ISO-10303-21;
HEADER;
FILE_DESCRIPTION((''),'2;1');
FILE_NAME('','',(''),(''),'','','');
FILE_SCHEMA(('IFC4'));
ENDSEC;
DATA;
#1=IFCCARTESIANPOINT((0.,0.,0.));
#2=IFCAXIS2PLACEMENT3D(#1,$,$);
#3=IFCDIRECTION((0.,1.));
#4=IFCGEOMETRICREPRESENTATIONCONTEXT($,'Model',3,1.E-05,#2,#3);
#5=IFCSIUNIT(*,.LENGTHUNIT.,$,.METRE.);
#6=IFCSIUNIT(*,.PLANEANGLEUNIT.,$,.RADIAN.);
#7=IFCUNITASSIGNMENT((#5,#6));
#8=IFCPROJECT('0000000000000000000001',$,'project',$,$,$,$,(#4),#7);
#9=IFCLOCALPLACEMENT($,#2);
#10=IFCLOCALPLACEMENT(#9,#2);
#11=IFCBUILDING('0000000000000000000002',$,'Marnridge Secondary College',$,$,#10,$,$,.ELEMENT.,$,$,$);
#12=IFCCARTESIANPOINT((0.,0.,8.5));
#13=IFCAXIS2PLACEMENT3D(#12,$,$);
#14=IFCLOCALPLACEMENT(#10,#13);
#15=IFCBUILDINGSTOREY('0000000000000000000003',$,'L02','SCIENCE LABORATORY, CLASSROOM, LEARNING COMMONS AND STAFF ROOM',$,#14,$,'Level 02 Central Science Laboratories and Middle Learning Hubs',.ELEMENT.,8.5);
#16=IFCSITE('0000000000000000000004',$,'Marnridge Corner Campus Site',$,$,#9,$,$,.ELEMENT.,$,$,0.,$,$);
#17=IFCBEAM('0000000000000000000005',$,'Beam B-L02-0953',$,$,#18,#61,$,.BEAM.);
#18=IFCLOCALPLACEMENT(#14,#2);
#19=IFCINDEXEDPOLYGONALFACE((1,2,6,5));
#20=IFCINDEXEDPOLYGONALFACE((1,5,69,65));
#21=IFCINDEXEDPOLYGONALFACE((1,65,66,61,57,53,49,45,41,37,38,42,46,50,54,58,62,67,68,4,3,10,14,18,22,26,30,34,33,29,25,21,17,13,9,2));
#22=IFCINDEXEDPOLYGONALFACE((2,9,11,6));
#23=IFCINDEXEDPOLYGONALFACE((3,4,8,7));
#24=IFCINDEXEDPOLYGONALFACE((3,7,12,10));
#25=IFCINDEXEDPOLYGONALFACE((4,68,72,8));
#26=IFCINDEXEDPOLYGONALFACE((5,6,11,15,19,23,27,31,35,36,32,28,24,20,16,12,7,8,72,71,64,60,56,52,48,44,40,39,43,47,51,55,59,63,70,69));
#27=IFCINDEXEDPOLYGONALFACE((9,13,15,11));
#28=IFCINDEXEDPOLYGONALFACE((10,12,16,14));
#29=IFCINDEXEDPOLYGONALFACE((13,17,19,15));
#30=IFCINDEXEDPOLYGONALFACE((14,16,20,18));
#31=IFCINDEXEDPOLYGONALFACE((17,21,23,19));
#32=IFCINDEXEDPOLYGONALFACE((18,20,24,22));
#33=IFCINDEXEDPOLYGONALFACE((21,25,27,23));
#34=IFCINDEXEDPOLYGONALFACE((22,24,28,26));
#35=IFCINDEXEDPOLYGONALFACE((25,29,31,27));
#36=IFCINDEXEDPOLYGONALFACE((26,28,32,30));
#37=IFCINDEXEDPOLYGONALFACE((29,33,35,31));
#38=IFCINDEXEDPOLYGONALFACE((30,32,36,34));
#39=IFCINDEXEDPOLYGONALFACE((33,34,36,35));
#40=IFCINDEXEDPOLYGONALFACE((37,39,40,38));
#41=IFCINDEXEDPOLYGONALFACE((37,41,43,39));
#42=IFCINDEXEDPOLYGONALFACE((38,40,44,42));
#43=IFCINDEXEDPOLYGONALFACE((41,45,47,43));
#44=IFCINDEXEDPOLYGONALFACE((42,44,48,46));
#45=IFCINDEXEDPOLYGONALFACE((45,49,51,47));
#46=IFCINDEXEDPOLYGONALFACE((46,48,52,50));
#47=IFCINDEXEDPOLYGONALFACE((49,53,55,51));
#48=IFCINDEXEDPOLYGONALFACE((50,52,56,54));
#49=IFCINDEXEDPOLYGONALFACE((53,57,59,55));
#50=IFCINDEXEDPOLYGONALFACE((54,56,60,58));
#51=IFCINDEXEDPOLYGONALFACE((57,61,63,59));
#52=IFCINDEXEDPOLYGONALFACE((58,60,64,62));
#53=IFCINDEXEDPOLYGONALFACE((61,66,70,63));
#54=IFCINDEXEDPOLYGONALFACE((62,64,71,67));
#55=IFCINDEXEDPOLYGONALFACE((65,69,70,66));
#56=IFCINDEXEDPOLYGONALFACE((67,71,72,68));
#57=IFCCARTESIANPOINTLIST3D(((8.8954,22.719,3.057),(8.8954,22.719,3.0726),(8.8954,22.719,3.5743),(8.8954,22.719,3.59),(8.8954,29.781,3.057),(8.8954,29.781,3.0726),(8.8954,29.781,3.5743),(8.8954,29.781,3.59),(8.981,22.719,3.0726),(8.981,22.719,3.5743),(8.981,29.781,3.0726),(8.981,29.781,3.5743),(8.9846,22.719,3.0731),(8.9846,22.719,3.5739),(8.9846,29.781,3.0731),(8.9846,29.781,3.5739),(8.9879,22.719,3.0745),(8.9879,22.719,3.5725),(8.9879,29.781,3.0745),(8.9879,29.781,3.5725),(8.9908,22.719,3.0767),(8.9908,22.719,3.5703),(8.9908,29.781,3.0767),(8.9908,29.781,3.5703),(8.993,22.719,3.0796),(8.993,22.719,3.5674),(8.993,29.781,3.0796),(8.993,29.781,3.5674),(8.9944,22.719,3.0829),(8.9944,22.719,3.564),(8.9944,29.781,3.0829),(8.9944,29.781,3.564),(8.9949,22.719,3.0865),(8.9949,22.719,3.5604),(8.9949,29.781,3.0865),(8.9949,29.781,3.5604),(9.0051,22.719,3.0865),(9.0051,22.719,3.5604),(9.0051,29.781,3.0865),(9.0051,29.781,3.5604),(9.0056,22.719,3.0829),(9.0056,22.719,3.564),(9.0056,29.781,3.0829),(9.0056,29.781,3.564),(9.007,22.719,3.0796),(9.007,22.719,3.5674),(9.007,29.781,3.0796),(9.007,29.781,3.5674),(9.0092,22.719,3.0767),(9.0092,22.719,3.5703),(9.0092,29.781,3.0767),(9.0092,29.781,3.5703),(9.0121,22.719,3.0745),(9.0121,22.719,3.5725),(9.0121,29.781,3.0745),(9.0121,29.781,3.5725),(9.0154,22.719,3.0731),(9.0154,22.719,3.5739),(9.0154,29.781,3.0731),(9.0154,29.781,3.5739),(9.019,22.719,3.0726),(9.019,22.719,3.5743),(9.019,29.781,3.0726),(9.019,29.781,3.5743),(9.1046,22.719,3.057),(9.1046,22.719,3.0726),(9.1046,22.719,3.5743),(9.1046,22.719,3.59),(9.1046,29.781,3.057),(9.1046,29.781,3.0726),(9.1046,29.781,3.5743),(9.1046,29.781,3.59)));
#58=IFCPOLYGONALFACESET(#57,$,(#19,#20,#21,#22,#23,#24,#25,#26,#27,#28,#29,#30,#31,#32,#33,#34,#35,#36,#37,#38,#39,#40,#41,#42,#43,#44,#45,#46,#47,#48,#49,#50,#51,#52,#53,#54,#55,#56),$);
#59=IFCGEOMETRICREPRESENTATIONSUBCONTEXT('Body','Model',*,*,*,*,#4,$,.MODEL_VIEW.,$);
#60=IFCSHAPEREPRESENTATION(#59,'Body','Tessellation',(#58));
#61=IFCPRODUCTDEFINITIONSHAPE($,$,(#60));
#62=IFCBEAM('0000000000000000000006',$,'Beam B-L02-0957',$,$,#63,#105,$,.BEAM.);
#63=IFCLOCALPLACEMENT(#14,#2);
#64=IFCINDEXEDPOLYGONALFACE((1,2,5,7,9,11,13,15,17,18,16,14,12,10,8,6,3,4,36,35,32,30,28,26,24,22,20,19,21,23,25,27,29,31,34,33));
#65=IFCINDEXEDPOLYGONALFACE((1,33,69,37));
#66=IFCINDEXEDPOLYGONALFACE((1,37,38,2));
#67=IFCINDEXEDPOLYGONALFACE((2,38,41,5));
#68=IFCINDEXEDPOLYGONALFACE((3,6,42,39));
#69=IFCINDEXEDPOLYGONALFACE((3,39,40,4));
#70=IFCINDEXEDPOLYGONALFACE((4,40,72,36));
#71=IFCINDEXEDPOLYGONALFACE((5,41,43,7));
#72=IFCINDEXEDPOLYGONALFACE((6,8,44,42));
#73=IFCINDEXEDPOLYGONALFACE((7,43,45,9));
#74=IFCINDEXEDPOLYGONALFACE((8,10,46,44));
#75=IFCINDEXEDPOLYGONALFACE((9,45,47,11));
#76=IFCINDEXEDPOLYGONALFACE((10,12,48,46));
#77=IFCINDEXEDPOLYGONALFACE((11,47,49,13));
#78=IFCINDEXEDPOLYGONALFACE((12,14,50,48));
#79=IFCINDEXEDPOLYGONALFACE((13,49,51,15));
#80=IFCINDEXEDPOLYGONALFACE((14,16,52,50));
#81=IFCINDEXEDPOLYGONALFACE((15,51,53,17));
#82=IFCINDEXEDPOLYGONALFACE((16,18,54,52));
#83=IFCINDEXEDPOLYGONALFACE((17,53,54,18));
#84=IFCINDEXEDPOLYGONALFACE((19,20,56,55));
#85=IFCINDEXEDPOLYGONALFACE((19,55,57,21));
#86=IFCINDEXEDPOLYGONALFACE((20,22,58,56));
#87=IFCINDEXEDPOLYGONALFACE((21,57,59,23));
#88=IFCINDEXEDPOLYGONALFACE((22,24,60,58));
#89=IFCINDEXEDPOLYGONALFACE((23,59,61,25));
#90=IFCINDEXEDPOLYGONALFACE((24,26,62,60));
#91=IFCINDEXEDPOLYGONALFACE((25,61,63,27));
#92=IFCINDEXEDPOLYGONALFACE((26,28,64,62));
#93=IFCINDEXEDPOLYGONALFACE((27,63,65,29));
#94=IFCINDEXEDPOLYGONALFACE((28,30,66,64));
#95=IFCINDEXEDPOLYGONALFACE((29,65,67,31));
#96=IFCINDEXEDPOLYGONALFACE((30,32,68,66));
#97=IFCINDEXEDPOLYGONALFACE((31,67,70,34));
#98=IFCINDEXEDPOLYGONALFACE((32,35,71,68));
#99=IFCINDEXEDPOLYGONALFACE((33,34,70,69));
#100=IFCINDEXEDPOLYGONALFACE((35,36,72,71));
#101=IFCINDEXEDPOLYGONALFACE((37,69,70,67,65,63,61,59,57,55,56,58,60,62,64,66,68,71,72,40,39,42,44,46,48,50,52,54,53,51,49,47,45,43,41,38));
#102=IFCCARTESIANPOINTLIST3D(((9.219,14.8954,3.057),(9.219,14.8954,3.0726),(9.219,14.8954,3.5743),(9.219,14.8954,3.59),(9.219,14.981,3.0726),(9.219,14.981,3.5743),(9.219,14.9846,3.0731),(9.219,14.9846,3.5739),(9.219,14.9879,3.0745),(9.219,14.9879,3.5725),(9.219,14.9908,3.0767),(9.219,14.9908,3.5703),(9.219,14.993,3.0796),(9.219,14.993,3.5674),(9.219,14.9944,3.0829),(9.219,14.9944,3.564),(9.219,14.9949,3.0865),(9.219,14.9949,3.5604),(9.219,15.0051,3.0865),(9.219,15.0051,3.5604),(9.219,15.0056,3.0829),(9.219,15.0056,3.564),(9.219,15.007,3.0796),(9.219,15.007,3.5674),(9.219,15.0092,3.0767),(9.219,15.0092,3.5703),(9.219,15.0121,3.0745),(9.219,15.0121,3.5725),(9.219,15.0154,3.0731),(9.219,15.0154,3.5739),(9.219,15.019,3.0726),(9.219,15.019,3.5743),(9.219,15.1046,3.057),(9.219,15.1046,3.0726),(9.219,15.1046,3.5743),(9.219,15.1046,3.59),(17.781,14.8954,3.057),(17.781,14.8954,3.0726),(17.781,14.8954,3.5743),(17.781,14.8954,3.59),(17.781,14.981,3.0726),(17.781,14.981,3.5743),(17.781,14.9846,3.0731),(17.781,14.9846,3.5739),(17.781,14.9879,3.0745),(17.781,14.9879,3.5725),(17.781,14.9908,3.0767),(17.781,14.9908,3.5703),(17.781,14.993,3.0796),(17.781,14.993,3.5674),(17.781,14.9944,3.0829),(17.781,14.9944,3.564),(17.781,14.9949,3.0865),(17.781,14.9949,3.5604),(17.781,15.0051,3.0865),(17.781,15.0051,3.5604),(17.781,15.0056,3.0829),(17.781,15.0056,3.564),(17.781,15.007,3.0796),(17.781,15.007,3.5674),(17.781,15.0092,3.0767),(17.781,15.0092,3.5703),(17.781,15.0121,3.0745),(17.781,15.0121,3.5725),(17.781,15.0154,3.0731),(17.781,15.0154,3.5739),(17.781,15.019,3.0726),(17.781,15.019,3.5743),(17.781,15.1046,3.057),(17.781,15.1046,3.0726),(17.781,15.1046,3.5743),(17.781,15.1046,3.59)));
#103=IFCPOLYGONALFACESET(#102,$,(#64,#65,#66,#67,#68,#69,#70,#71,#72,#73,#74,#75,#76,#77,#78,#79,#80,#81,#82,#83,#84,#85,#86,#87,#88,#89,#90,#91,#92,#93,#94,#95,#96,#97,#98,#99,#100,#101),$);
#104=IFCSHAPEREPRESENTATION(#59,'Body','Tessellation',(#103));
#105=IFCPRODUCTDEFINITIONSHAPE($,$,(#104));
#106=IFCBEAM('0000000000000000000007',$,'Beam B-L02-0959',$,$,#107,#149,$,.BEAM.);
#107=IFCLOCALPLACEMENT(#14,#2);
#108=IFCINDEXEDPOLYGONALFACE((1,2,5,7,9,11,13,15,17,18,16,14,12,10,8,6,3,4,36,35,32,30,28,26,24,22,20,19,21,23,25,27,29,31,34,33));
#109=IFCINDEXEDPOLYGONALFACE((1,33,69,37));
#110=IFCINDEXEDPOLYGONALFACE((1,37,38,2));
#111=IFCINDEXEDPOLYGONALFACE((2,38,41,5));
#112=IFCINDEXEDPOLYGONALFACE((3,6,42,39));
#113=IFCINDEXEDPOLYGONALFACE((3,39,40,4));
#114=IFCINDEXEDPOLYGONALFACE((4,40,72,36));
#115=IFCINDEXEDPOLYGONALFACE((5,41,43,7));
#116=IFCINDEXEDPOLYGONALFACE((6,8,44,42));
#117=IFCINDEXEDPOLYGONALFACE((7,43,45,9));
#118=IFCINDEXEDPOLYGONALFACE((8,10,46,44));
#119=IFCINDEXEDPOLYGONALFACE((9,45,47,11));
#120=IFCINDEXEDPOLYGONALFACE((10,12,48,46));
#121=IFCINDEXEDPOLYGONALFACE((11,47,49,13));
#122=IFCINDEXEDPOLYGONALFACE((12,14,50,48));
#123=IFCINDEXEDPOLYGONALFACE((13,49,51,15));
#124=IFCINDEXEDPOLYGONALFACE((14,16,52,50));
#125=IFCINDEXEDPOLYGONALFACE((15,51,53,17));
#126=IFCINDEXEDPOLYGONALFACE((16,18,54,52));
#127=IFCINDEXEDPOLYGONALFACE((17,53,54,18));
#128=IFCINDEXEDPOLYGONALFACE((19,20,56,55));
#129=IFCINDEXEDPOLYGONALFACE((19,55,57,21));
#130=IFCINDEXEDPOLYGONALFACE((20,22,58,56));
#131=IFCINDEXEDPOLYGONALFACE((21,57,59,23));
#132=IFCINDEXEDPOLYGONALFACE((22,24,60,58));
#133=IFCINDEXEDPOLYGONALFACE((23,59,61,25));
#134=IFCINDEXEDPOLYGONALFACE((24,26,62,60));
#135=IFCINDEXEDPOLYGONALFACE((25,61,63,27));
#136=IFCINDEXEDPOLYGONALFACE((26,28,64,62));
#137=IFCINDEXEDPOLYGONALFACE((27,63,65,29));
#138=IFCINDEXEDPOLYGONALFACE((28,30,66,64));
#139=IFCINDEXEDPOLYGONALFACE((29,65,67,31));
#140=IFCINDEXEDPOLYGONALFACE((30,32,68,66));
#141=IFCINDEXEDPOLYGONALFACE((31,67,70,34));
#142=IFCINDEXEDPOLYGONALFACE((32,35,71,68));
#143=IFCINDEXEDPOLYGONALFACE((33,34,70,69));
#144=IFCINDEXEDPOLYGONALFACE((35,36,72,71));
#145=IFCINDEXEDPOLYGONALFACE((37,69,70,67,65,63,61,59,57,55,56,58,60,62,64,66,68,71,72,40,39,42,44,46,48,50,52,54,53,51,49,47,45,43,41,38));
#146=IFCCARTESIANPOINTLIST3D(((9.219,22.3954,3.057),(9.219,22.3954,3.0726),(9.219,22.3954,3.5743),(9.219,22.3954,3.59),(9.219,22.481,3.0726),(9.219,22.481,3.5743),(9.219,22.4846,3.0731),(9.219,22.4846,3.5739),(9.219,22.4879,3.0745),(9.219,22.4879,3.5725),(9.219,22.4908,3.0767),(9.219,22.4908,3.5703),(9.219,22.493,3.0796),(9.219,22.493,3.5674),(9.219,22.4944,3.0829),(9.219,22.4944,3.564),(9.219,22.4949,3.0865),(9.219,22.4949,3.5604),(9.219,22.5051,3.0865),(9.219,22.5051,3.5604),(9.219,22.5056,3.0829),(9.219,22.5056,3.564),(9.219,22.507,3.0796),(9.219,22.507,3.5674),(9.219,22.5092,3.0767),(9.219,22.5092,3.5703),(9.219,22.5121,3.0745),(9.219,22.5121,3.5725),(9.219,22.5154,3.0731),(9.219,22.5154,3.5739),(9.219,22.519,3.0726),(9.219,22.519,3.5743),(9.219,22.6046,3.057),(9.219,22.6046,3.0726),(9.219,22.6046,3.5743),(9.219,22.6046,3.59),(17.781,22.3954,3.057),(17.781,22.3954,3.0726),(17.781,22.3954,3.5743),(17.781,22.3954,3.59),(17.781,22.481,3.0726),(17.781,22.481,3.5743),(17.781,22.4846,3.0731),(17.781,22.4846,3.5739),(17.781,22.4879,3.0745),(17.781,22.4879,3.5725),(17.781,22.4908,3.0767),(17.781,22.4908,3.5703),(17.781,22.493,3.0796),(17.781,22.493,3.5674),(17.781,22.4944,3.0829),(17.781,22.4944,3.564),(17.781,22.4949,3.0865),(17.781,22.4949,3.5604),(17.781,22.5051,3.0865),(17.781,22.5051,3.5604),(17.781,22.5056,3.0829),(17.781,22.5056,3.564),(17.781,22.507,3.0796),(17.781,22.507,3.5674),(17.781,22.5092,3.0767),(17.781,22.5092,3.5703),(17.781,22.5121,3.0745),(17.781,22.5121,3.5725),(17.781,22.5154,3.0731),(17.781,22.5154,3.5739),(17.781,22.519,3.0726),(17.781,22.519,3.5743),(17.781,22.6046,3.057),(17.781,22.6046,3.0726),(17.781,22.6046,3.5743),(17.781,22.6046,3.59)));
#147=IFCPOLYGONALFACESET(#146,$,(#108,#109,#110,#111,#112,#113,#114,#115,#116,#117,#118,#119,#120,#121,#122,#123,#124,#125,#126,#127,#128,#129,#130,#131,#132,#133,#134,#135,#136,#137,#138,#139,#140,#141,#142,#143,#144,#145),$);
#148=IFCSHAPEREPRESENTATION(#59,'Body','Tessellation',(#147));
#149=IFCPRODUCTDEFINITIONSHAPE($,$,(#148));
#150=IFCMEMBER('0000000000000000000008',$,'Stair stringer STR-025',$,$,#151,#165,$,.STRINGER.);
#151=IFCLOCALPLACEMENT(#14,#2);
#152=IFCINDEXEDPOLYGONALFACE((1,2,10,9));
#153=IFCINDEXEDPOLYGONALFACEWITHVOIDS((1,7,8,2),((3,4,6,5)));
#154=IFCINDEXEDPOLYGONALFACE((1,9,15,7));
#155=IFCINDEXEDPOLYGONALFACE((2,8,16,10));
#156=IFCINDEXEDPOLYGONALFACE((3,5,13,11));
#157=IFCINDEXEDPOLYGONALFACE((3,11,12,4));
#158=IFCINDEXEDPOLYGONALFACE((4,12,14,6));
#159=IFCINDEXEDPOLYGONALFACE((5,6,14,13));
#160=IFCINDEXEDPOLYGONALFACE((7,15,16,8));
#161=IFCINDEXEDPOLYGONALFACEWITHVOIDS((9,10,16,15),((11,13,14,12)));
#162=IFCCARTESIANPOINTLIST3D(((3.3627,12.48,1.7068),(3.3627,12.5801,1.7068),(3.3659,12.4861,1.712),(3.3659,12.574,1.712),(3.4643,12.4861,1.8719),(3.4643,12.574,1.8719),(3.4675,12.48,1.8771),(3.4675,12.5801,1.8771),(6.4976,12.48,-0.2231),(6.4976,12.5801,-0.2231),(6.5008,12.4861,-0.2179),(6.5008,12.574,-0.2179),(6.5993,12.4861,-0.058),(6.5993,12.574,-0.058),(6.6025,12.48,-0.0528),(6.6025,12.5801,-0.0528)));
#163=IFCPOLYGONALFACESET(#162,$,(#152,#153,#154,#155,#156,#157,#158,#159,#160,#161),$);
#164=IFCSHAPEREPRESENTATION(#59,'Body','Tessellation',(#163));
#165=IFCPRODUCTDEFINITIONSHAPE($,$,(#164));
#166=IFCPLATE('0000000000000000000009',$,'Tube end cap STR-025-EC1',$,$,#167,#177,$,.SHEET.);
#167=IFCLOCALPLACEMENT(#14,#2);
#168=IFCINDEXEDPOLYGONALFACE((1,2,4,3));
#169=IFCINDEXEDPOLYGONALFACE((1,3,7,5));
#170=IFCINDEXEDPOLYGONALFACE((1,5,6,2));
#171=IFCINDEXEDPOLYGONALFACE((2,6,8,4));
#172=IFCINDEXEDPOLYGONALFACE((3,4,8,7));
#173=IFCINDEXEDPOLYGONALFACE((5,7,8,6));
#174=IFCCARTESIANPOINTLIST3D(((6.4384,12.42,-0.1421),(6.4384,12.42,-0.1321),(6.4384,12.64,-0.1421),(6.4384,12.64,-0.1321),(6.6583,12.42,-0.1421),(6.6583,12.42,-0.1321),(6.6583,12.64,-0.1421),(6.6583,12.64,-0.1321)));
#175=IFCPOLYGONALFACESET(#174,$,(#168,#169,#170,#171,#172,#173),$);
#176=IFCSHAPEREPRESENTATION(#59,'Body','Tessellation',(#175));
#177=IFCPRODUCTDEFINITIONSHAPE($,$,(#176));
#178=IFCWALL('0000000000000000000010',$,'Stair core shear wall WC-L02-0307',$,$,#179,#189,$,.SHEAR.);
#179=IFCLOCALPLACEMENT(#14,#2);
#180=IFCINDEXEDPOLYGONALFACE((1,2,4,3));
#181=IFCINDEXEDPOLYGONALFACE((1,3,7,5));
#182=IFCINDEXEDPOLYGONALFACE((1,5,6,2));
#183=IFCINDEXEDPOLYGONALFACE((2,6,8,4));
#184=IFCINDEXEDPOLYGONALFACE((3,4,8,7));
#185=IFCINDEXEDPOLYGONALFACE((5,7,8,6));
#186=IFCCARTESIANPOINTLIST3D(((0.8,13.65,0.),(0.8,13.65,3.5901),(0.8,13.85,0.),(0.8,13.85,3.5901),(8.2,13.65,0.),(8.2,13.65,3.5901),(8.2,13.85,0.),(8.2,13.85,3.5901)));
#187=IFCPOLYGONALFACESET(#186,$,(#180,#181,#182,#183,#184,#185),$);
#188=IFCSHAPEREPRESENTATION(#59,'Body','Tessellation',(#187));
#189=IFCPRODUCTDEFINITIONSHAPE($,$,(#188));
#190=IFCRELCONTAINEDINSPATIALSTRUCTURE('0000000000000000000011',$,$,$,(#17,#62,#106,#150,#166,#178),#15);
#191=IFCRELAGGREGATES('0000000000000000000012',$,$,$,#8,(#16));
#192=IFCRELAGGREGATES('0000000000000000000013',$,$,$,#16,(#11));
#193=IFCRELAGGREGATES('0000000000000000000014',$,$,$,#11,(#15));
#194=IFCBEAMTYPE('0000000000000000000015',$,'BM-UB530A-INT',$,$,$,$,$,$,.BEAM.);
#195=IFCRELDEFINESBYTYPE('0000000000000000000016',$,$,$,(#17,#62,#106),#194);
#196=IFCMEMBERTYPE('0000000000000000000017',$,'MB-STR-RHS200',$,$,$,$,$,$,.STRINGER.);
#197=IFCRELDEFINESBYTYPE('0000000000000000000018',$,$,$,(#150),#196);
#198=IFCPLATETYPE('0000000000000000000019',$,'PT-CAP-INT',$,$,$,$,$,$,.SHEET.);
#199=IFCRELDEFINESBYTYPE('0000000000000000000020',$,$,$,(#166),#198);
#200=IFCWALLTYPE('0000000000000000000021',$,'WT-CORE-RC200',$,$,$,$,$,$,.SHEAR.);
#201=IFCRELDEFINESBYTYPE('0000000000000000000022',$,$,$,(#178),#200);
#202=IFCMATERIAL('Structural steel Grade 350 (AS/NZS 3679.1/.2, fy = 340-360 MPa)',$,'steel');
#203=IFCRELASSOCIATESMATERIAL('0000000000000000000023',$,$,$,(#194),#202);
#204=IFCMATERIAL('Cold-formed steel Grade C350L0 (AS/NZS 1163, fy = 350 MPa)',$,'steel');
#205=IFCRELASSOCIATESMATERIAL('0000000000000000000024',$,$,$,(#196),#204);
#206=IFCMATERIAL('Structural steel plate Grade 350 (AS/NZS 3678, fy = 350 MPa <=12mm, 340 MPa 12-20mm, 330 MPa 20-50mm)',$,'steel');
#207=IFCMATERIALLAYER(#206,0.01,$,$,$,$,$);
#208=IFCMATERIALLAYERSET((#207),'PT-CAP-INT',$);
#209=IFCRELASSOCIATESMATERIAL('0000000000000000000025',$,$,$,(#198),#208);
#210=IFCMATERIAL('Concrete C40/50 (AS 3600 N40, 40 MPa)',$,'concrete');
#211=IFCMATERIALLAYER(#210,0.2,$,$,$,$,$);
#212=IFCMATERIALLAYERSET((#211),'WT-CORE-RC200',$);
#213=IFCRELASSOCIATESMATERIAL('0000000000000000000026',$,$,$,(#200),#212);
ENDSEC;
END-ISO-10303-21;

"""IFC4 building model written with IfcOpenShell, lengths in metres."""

from ifc_helpers import new_model, si_unit, direction, frame, frame_2d, origin, origin_2d, place, context, subcontext, project, spatial, rectangle, hollow_rectangle, i_section, extrude, material, layer, layer_set, material_profile, profile_set, type_object, element, save


model = new_model("IFC4")

# Units and contexts
model_context = context("Model", 3, precision=1e-05, world=origin(), true_north=direction((0.0, 1.0)))
body_context = subcontext(model_context, "Body", "Model", "MODEL_VIEW")
ifc_project = project(units=[si_unit("LENGTHUNIT", "METRE"), si_unit("PLANEANGLEUNIT", "RADIAN")], contexts=[model_context])

# Site, building, storey
site_placement = place(None, origin())
site = spatial("IfcSite", under=ifc_project, at=site_placement, Name="Marnridge Corner Campus Site", CompositionType="ELEMENT", RefElevation=0.0)
building_placement = place(site_placement, origin())
building = spatial("IfcBuilding", under=site, at=building_placement, Name="Marnridge Secondary College", CompositionType="ELEMENT")
storey_placement = place(building_placement, frame((0.0, 0.0, 8.5)))
storey = spatial("IfcBuildingStorey", under=building, at=storey_placement, Name="L02", Description="SCIENCE LABORATORY, CLASSROOM, LEARNING COMMONS AND STAFF ROOM", LongName="Level 02 Central Science Laboratories and Middle Learning Hubs", CompositionType="ELEMENT", Elevation=8.5)

# Beams
ifc_material_1 = material(Name="Structural steel Grade 350 (AS/NZS 3679.1/.2, fy = 340-360 MPa)", Category="steel")
ifc_material_profile_1 = material_profile(ifc_material_1, i_section(OverallWidth=0.2092, OverallDepth=0.533, WebThickness=0.0103, FlangeThickness=0.0156, FilletRadius=0.0139, at=origin_2d()), Name="530UB92.4")
ifc_profile_set_1 = profile_set([ifc_material_profile_1], Name="Structural steel Grade 350 (AS/NZS 3679.1/.2, fy = 340-360 MPa)")
beam_type_1 = type_object("IfcBeamType", Name="BM-UB530A-INT", PredefinedType="BEAM", material=ifc_profile_set_1)
for number, where, z_axis, x_axis, name in (
    (1, (9.0, 22.719, 3.3235), (0.0, 1.0, 0.0), (-1.0, 0.0, 0.0), "Beam B-L02-0953"),
):
    element("IfcBeam", number, at=place(storey_placement, frame(where, z_axis=z_axis, x_axis=x_axis)), inside=storey, type_object=beam_type_1, Name=name, PredefinedType="BEAM", context=body_context, shape_type="SweptSolid", body=[
        extrude(i_section(OverallWidth=0.2092, OverallDepth=0.533, WebThickness=0.0103, FlangeThickness=0.0156, FilletRadius=0.0139, at=origin_2d()), origin(), (0.0, 0.0, 1.0), 7.062),
    ])
for number, where, z_axis, x_axis, name in (
    (2, (9.219, 15.0, 3.3235), (1.0, 0.0, 0.0), (0.0, 1.0, 0.0), "Beam B-L02-0957"),
    (3, (9.219, 22.5, 3.3235), (1.0, 0.0, 0.0), (0.0, 1.0, 0.0), "Beam B-L02-0959"),
):
    element("IfcBeam", number, at=place(storey_placement, frame(where, z_axis=z_axis, x_axis=x_axis)), inside=storey, type_object=beam_type_1, Name=name, PredefinedType="BEAM", context=body_context, shape_type="SweptSolid", body=[
        extrude(i_section(OverallWidth=0.2092, OverallDepth=0.533, WebThickness=0.0103, FlangeThickness=0.0156, FilletRadius=0.0139, at=origin_2d()), origin(), (0.0, 0.0, 1.0), 8.562),
    ])

# Member
ifc_material_2 = material(Name="Cold-formed steel Grade C350L0 (AS/NZS 1163, fy = 350 MPa)", Category="steel")
ifc_material_profile_2 = material_profile(ifc_material_2, hollow_rectangle(XDim=0.1001, YDim=0.2, WallThickness=0.0061, at=origin_2d()), Name="200x100x6.0RHS")
ifc_profile_set_2 = profile_set([ifc_material_profile_2], Name="Cold-formed steel Grade C350L0 (AS/NZS 1163, fy = 350 MPa)")
member_type = type_object("IfcMemberType", Name="MB-STR-RHS200", PredefinedType="STRINGER", material=ifc_profile_set_2)
member_placement = place(storey_placement, frame((6.55, 12.53, -0.1379), z_axis=(-0.851574, 0.0, 0.524234), x_axis=(0.0, -1.0, 0.0)))
element("IfcMember", 4, at=member_placement, inside=storey, type_object=member_type, Name="Stair stringer STR-025", PredefinedType="STRINGER", context=body_context, shape_type="SweptSolid", body=[
    extrude(hollow_rectangle(XDim=0.1001, YDim=0.2, WallThickness=0.0061, at=origin_2d()), origin(), (0.0, 0.0, 1.0), 3.6814),
])

# Plate
ifc_material_3 = material(Name="Structural steel plate Grade 350 (AS/NZS 3678, fy = 350 MPa <=12mm, 340 MPa 12-20mm, 330 MPa 20-50mm)", Category="steel")
ifc_layer_1 = layer(ifc_material_3, 0.01)
ifc_layer_set_1 = layer_set([ifc_layer_1], Name="PT-CAP-INT")
plate_type = type_object("IfcPlateType", Name="PT-CAP-INT", PredefinedType="SHEET", material=ifc_layer_set_1)
plate_placement = place(storey_placement, frame((6.5483, 12.53, -0.1421), z_axis=(0.0, 0.0, 1.0), x_axis=(-1.0, 0.0, 0.0)))
element("IfcPlate", 5, at=plate_placement, inside=storey, type_object=plate_type, Name="Tube end cap STR-025-EC1", PredefinedType="SHEET", context=body_context, shape_type="SweptSolid", body=[
    extrude(rectangle(XDim=0.22, YDim=0.22, at=origin_2d()), origin(), (0.0, 0.0, 1.0), 0.01),
])

# Shared definitions
ifc_material_4 = material(Name="Concrete C40/50 (AS 3600 N40, 40 MPa)", Category="concrete")
ifc_layer_2 = layer(ifc_material_4, 0.2)
ifc_layer_set_2 = layer_set([ifc_layer_2], Name="WT-CORE-RC200")
wall_type_1 = type_object("IfcWallType", Name="WT-CORE-RC200", PredefinedType="SHEAR", material=ifc_layer_set_2)

# Wall
wall_1_placement = place(storey_placement, frame((8.2, 13.75, 0.0), z_axis=(0.0, 0.0, 1.0), x_axis=(-1.0, 0.0, 0.0)))
element("IfcWall", 6, at=wall_1_placement, inside=storey, type_object=wall_type_1, Name="Stair core shear wall WC-L02-0307", PredefinedType="SHEAR", context=body_context, shape_type="SweptSolid", body=[
    extrude(rectangle(XDim=7.3999, YDim=0.2, at=frame_2d((3.7, 0.0))), origin(), (0.0, 0.0, 1.0), 3.5901),
])

save(model, "model.ifc")
